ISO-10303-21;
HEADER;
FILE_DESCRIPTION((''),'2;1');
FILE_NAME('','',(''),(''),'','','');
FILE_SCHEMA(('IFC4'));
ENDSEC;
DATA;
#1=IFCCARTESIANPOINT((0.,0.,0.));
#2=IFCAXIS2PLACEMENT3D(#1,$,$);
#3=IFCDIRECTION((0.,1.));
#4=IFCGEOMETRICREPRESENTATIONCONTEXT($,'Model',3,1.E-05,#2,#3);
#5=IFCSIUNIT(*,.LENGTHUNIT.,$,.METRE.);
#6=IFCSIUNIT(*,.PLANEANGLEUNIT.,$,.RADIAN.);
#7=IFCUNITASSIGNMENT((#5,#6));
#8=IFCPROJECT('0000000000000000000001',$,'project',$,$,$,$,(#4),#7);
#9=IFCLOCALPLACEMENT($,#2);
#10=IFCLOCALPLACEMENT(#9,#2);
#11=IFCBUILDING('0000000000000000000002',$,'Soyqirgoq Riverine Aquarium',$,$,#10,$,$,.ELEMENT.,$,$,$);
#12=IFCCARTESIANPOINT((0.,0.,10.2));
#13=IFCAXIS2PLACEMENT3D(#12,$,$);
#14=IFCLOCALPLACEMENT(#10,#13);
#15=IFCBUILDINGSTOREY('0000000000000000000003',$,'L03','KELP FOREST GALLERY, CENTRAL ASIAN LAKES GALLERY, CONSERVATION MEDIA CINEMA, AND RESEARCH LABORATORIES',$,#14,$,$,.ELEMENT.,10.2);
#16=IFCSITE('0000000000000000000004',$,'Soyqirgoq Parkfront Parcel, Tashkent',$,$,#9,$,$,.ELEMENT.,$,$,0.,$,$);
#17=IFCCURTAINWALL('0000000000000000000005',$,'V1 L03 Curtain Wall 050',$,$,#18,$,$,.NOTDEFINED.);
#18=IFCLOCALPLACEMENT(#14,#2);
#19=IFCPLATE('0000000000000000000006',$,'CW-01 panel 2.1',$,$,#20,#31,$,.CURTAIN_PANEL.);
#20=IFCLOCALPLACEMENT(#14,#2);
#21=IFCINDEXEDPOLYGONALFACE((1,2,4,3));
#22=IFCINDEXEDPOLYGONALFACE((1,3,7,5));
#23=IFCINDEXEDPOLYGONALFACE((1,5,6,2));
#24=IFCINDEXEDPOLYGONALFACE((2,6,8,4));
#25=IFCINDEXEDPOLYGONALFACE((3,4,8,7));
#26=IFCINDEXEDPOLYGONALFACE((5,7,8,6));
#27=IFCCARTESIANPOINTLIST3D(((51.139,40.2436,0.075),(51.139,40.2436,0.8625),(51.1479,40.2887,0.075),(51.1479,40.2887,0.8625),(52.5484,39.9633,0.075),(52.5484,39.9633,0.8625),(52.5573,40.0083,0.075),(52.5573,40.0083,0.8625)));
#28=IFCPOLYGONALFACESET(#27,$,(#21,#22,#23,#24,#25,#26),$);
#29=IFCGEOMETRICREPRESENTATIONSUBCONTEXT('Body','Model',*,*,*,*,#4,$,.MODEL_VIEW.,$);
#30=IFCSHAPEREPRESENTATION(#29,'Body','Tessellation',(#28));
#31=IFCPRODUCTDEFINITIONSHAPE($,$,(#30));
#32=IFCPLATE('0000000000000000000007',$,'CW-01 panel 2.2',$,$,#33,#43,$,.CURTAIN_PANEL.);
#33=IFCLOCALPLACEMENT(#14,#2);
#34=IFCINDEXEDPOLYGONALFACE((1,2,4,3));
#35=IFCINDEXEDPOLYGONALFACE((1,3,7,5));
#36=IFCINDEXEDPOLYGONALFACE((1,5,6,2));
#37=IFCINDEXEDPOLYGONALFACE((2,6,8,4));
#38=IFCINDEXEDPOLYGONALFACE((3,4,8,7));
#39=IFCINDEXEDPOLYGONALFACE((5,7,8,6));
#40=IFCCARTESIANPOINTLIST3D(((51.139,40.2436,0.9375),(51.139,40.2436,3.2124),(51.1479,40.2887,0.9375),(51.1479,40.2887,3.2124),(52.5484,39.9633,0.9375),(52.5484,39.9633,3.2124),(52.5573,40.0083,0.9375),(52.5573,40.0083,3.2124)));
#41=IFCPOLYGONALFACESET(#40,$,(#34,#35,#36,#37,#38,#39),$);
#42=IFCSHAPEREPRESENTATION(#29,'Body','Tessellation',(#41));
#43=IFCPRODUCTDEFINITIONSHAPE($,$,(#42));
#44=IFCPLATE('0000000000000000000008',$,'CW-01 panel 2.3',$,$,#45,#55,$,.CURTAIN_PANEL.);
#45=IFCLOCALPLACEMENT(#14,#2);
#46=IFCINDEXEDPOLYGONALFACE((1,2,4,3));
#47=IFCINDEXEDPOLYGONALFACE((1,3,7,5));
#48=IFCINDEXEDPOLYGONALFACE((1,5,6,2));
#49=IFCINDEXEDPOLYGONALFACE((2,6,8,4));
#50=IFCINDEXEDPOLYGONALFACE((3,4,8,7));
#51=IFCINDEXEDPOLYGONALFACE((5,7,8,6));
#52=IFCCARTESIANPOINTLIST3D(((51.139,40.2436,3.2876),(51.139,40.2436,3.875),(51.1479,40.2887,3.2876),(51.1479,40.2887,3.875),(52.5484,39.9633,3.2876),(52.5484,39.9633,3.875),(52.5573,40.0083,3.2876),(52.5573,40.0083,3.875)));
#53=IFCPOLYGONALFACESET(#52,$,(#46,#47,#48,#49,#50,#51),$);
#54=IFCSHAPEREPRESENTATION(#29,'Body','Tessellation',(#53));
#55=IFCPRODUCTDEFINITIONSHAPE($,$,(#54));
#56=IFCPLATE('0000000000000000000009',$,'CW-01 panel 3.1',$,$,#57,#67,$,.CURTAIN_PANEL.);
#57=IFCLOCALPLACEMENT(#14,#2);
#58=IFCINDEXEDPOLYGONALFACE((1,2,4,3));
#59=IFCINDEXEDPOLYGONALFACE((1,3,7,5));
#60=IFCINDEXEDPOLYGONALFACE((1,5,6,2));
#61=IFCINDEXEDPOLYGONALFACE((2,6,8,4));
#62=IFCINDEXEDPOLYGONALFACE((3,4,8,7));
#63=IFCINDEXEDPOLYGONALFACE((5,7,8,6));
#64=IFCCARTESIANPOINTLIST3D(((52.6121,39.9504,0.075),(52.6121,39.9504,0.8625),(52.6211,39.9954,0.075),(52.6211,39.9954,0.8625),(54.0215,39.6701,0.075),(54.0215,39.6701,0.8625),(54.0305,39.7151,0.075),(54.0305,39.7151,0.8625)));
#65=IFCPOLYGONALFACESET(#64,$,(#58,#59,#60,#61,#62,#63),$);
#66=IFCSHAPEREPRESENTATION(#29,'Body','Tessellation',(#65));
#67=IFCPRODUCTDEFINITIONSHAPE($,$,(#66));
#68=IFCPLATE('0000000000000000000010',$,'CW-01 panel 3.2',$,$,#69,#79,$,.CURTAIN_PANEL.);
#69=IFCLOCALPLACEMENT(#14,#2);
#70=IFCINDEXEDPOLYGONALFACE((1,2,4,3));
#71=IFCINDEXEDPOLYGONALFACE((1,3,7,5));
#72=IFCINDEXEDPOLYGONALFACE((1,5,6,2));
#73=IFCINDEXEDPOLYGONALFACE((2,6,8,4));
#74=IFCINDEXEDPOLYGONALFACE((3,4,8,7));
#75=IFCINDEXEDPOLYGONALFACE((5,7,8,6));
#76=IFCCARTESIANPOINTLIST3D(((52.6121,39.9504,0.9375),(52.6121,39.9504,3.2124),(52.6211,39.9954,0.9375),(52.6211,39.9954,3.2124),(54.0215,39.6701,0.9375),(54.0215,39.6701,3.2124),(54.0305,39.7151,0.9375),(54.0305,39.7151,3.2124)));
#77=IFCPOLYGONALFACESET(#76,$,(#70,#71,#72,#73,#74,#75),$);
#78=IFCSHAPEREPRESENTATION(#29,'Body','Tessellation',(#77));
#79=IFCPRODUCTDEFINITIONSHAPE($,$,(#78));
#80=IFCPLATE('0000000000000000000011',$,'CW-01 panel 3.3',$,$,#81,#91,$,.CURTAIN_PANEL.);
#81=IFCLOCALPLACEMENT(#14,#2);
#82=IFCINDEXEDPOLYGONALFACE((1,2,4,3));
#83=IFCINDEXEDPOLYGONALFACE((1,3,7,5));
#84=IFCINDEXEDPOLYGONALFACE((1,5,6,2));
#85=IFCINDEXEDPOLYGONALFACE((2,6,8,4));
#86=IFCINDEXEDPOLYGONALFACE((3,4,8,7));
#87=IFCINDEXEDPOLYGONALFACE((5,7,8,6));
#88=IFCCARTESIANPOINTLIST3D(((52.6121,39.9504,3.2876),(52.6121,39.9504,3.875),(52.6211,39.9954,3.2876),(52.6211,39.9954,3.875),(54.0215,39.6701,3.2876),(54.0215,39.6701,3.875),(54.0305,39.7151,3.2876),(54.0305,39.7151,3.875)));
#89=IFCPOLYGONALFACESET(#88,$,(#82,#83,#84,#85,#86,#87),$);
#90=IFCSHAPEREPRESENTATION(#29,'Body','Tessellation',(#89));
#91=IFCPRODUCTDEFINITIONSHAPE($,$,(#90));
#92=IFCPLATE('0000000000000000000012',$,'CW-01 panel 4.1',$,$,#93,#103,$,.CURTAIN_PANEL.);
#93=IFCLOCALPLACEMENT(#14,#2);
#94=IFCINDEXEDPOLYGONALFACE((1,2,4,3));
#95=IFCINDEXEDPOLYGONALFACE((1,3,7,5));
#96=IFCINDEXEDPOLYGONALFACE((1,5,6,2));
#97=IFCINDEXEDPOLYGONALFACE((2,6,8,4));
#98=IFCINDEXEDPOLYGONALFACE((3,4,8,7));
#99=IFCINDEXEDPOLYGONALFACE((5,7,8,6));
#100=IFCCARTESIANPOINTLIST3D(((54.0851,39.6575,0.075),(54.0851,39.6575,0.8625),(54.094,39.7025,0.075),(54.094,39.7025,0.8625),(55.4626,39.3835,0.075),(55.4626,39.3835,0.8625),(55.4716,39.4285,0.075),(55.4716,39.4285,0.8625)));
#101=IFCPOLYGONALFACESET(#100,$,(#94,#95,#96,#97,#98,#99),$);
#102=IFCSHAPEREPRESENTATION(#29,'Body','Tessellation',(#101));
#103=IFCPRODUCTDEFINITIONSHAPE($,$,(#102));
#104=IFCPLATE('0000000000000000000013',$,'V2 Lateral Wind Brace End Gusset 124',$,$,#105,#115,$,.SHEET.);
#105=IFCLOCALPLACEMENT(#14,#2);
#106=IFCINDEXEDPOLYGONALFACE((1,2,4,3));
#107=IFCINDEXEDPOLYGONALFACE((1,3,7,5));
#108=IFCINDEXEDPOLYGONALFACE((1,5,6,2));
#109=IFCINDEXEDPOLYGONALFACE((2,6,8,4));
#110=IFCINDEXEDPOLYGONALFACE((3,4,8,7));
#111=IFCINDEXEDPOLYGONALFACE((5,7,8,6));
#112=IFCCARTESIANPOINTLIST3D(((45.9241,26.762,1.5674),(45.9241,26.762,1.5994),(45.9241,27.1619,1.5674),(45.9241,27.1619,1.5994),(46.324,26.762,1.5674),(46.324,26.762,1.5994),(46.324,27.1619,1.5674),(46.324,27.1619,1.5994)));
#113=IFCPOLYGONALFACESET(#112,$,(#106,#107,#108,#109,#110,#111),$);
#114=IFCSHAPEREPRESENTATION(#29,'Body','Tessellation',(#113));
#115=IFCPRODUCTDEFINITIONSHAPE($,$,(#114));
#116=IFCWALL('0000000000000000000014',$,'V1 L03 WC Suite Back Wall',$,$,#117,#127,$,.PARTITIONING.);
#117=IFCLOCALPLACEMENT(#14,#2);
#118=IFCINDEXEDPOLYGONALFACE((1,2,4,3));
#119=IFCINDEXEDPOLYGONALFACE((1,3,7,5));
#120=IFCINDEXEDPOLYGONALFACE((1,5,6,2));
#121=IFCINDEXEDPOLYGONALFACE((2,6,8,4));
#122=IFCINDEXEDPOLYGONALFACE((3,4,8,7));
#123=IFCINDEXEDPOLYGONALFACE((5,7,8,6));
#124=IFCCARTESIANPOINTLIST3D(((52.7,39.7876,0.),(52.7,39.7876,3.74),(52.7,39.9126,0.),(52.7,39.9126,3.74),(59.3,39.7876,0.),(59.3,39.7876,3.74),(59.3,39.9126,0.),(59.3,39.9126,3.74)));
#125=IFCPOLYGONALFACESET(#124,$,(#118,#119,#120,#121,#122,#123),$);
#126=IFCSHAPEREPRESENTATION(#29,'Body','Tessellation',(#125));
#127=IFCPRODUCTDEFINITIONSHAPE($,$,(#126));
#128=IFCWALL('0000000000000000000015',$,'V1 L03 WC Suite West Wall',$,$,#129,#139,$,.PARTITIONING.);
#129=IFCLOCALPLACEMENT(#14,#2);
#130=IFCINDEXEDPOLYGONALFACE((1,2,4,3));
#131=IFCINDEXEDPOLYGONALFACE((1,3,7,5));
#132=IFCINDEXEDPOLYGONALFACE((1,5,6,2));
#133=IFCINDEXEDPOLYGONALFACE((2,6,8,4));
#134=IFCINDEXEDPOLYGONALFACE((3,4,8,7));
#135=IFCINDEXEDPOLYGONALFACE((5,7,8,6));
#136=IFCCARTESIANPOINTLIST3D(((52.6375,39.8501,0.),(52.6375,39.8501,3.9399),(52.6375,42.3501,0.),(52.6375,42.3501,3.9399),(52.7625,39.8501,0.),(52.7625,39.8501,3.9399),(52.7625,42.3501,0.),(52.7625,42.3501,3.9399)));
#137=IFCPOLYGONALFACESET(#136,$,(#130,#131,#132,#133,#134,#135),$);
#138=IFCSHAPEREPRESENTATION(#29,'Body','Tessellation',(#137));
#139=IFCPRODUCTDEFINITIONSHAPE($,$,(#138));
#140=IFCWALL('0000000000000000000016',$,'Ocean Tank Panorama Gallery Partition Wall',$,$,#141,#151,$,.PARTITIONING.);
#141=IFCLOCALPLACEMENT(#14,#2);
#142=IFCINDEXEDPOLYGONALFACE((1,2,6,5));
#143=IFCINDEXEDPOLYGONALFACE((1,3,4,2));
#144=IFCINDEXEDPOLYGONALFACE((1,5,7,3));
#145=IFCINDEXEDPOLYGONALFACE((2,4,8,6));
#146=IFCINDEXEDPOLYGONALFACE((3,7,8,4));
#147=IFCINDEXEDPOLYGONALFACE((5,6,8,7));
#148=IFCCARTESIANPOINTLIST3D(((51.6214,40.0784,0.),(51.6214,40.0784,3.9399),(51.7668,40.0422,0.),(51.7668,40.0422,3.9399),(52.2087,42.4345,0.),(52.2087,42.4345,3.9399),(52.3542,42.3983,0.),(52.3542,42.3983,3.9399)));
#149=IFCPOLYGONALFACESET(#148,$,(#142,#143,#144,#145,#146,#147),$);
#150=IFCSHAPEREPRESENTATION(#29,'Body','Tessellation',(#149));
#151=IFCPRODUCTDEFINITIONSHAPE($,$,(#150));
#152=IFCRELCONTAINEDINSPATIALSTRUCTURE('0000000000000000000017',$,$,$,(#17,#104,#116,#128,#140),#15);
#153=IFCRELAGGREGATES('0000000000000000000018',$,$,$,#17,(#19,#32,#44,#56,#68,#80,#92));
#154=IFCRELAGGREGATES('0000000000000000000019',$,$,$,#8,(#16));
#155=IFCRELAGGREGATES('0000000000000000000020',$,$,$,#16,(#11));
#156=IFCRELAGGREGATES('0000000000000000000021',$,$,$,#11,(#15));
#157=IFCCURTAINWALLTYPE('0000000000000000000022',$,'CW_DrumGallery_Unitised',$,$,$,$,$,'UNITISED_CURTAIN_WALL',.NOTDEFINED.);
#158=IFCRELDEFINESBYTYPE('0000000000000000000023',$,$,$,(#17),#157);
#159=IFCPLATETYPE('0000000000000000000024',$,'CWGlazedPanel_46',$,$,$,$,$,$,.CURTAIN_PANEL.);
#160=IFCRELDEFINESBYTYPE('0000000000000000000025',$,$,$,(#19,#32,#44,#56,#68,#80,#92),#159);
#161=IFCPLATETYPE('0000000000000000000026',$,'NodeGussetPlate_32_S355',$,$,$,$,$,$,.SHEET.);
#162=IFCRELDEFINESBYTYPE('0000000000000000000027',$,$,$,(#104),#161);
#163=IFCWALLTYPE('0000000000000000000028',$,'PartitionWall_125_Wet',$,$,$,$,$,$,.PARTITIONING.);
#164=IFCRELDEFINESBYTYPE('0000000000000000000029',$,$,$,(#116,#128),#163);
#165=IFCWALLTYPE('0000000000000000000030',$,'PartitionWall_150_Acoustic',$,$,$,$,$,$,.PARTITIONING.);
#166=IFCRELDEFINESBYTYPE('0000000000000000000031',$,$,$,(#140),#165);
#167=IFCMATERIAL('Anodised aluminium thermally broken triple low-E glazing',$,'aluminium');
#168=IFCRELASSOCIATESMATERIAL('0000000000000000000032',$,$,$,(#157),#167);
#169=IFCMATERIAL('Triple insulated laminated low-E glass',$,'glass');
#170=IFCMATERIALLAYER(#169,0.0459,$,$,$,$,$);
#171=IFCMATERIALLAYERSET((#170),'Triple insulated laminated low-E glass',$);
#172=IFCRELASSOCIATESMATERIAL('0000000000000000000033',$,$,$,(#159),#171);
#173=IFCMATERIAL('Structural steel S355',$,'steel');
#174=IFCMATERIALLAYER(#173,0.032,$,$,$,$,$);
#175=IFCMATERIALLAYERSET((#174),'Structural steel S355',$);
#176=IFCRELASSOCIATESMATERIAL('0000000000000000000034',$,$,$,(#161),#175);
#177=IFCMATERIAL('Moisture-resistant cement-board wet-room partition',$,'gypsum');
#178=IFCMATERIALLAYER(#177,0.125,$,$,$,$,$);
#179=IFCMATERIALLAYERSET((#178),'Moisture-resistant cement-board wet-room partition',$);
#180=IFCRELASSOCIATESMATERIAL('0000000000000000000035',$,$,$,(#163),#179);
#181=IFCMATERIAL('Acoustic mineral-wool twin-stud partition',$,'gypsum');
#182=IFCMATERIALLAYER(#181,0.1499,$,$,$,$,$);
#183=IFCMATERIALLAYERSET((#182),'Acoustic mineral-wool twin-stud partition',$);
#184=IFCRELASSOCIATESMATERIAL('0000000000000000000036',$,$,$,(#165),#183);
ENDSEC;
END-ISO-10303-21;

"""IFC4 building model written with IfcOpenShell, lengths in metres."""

from ifc_helpers import new_model, si_unit, direction, frame, frame_2d, origin, origin_2d, place, context, subcontext, project, spatial, rectangle, extrude, material, layer, layer_set, type_object, element, aggregate, save


model = new_model("IFC4")

# Units and contexts
model_context = context("Model", 3, precision=1e-05, world=origin(), true_north=direction((0.0, 1.0)))
body_context = subcontext(model_context, "Body", "Model", "MODEL_VIEW")
ifc_project = project(units=[si_unit("LENGTHUNIT", "METRE"), si_unit("PLANEANGLEUNIT", "RADIAN")], contexts=[model_context])

# Site, building, storey
site_placement = place(None, origin())
site = spatial("IfcSite", under=ifc_project, at=site_placement, Name="Soyqirgoq Parkfront Parcel, Tashkent", CompositionType="ELEMENT", RefElevation=0.0)
building_placement = place(site_placement, origin())
building = spatial("IfcBuilding", under=site, at=building_placement, Name="Soyqirgoq Riverine Aquarium", CompositionType="ELEMENT")
storey_placement = place(building_placement, frame((0.0, 0.0, 10.2)))
storey = spatial("IfcBuildingStorey", under=building, at=storey_placement, Name="L03", Description="KELP FOREST GALLERY, CENTRAL ASIAN LAKES GALLERY, CONSERVATION MEDIA CINEMA, AND RESEARCH LABORATORIES", CompositionType="ELEMENT", Elevation=10.2)

# Curtain wall
ifc_material_1 = material(Name="Anodised aluminium thermally broken triple low-E glazing", Category="aluminium")
curtain_wall_type = type_object("IfcCurtainWallType", Name="CW_DrumGallery_Unitised", ElementType="UNITISED_CURTAIN_WALL", PredefinedType="NOTDEFINED", material=ifc_material_1)
curtain_wall_placement = place(storey_placement, origin())
curtain_wall = element("IfcCurtainWall", 1, at=curtain_wall_placement, inside=storey, type_object=curtain_wall_type, Name="V1 L03 Curtain Wall 050", PredefinedType="NOTDEFINED")

# Plates
ifc_material_2 = material(Name="Triple insulated laminated low-E glass", Category="glass")
ifc_layer_1 = layer(ifc_material_2, 0.0459)
ifc_layer_set_1 = layer_set([ifc_layer_1], Name="Triple insulated laminated low-E glass")
plate_type_1 = type_object("IfcPlateType", Name="CWGlazedPanel_46", PredefinedType="CURTAIN_PANEL", material=ifc_layer_set_1)
plate_1_placement = place(storey_placement, frame((51.8481, 40.126, 0.075), z_axis=(0.0, 0.0, 1.0), x_axis=(0.980784, -0.195095, 0.0)))
plate_1 = element("IfcPlate", 2, at=plate_1_placement, type_object=plate_type_1, Name="CW-01 panel 2.1", PredefinedType="CURTAIN_PANEL", context=body_context, shape_type="SweptSolid", body=[
    extrude(rectangle(XDim=1.437, YDim=0.0459, at=origin_2d()), origin(), (0.0, 0.0, 1.0), 0.7876),
])
plate_2_placement = place(storey_placement, frame((51.8481, 40.126, 0.9375), z_axis=(0.0, 0.0, 1.0), x_axis=(0.980784, -0.195095, 0.0)))
plate_2 = element("IfcPlate", 3, at=plate_2_placement, type_object=plate_type_1, Name="CW-01 panel 2.2", PredefinedType="CURTAIN_PANEL", context=body_context, shape_type="SweptSolid", body=[
    extrude(rectangle(XDim=1.437, YDim=0.0459, at=origin_2d()), origin(), (0.0, 0.0, 1.0), 2.2749),
])
plate_3_placement = place(storey_placement, frame((51.8481, 40.126, 3.2876), z_axis=(0.0, 0.0, 1.0), x_axis=(0.980784, -0.195095, 0.0)))
plate_3 = element("IfcPlate", 4, at=plate_3_placement, type_object=plate_type_1, Name="CW-01 panel 2.3", PredefinedType="CURTAIN_PANEL", context=body_context, shape_type="SweptSolid", body=[
    extrude(rectangle(XDim=1.437, YDim=0.0459, at=origin_2d()), origin(), (0.0, 0.0, 1.0), 0.5874),
])
plate_4_placement = place(storey_placement, frame((53.3213, 39.8328, 0.075), z_axis=(0.0, 0.0, 1.0), x_axis=(0.980784, -0.195095, 0.0)))
plate_4 = element("IfcPlate", 5, at=plate_4_placement, type_object=plate_type_1, Name="CW-01 panel 3.1", PredefinedType="CURTAIN_PANEL", context=body_context, shape_type="SweptSolid", body=[
    extrude(rectangle(XDim=1.437, YDim=0.0459, at=origin_2d()), origin(), (0.0, 0.0, 1.0), 0.7876),
])
plate_5_placement = place(storey_placement, frame((53.3213, 39.8328, 0.9375), z_axis=(0.0, 0.0, 1.0), x_axis=(0.980784, -0.195095, 0.0)))
plate_5 = element("IfcPlate", 6, at=plate_5_placement, type_object=plate_type_1, Name="CW-01 panel 3.2", PredefinedType="CURTAIN_PANEL", context=body_context, shape_type="SweptSolid", body=[
    extrude(rectangle(XDim=1.437, YDim=0.0459, at=origin_2d()), origin(), (0.0, 0.0, 1.0), 2.2749),
])
plate_6_placement = place(storey_placement, frame((53.3213, 39.8328, 3.2876), z_axis=(0.0, 0.0, 1.0), x_axis=(0.980784, -0.195095, 0.0)))
plate_6 = element("IfcPlate", 7, at=plate_6_placement, type_object=plate_type_1, Name="CW-01 panel 3.3", PredefinedType="CURTAIN_PANEL", context=body_context, shape_type="SweptSolid", body=[
    extrude(rectangle(XDim=1.437, YDim=0.0459, at=origin_2d()), origin(), (0.0, 0.0, 1.0), 0.5874),
])
plate_7_placement = place(storey_placement, frame((54.7783, 39.543, 0.075), z_axis=(0.0, 0.0, 1.0), x_axis=(0.980784, -0.195095, 0.0)))
plate_7 = element("IfcPlate", 8, at=plate_7_placement, type_object=plate_type_1, Name="CW-01 panel 4.1", PredefinedType="CURTAIN_PANEL", context=body_context, shape_type="SweptSolid", body=[
    extrude(rectangle(XDim=1.4045, YDim=0.0459, at=origin_2d()), origin(), (0.0, 0.0, 1.0), 0.7876),
])
aggregate(curtain_wall, [plate_1, plate_2, plate_3, plate_4, plate_5, plate_6, plate_7])
ifc_material_3 = material(Name="Structural steel S355", Category="steel")
ifc_layer_2 = layer(ifc_material_3, 0.032)
ifc_layer_set_2 = layer_set([ifc_layer_2], Name="Structural steel S355")
plate_type_2 = type_object("IfcPlateType", Name="NodeGussetPlate_32_S355", PredefinedType="SHEET", material=ifc_layer_set_2)
plate_8_placement = place(storey_placement, frame((46.124, 26.9619, 1.5674), z_axis=(0.0, 0.0, 1.0), x_axis=(1.0, 0.0, 0.0)))
element("IfcPlate", 9, at=plate_8_placement, inside=storey, type_object=plate_type_2, Name="V2 Lateral Wind Brace End Gusset 124", PredefinedType="SHEET", context=body_context, shape_type="SweptSolid", body=[
    extrude(rectangle(XDim=0.3999, YDim=0.3999, at=origin_2d()), origin(), (0.0, 0.0, 1.0), 0.032),
])

# Walls
ifc_material_4 = material(Name="Moisture-resistant cement-board wet-room partition", Category="gypsum")
ifc_layer_3 = layer(ifc_material_4, 0.125)
ifc_layer_set_3 = layer_set([ifc_layer_3], Name="Moisture-resistant cement-board wet-room partition")
wall_type_1 = type_object("IfcWallType", Name="PartitionWall_125_Wet", PredefinedType="PARTITIONING", material=ifc_layer_set_3)
wall_1_placement = place(storey_placement, frame((52.7, 39.8501, 0.0), z_axis=(0.0, 0.0, 1.0), x_axis=(1.0, 0.0, 0.0)))
element("IfcWall", 10, at=wall_1_placement, inside=storey, type_object=wall_type_1, Name="V1 L03 WC Suite Back Wall", PredefinedType="PARTITIONING", context=body_context, shape_type="SweptSolid", body=[
    extrude(rectangle(XDim=6.6001, YDim=0.125, at=frame_2d((3.3, 0.0))), origin(), (0.0, 0.0, 1.0), 3.74),
])
wall_2_placement = place(storey_placement, frame((52.7, 39.8501, 0.0), z_axis=(0.0, 0.0, 1.0), x_axis=(0.0, 1.0, 0.0)))
element("IfcWall", 11, at=wall_2_placement, inside=storey, type_object=wall_type_1, Name="V1 L03 WC Suite West Wall", PredefinedType="PARTITIONING", context=body_context, shape_type="SweptSolid", body=[
    extrude(rectangle(XDim=2.5, YDim=0.125, at=frame_2d((1.25, 0.0))), origin(), (0.0, 0.0, 1.0), 3.9399),
])
ifc_material_5 = material(Name="Acoustic mineral-wool twin-stud partition", Category="gypsum")
ifc_layer_4 = layer(ifc_material_5, 0.1499)
ifc_layer_set_4 = layer_set([ifc_layer_4], Name="Acoustic mineral-wool twin-stud partition")
wall_type_2 = type_object("IfcWallType", Name="PartitionWall_150_Acoustic", PredefinedType="PARTITIONING", material=ifc_layer_set_4)
wall_3_placement = place(storey_placement, frame((51.6941, 40.0603, 0.0), z_axis=(0.0, 0.0, 1.0), x_axis=(0.241897, 0.970302, 0.0)))
element("IfcWall", 12, at=wall_3_placement, inside=storey, type_object=wall_type_2, Name="Ocean Tank Panorama Gallery Partition Wall", PredefinedType="PARTITIONING", context=body_context, shape_type="SweptSolid", body=[
    extrude(rectangle(XDim=2.4282, YDim=0.1499, at=frame_2d((1.2141, 0.0))), origin(), (0.0, 0.0, 1.0), 3.9399),
])

save(model, "model.ifc")
